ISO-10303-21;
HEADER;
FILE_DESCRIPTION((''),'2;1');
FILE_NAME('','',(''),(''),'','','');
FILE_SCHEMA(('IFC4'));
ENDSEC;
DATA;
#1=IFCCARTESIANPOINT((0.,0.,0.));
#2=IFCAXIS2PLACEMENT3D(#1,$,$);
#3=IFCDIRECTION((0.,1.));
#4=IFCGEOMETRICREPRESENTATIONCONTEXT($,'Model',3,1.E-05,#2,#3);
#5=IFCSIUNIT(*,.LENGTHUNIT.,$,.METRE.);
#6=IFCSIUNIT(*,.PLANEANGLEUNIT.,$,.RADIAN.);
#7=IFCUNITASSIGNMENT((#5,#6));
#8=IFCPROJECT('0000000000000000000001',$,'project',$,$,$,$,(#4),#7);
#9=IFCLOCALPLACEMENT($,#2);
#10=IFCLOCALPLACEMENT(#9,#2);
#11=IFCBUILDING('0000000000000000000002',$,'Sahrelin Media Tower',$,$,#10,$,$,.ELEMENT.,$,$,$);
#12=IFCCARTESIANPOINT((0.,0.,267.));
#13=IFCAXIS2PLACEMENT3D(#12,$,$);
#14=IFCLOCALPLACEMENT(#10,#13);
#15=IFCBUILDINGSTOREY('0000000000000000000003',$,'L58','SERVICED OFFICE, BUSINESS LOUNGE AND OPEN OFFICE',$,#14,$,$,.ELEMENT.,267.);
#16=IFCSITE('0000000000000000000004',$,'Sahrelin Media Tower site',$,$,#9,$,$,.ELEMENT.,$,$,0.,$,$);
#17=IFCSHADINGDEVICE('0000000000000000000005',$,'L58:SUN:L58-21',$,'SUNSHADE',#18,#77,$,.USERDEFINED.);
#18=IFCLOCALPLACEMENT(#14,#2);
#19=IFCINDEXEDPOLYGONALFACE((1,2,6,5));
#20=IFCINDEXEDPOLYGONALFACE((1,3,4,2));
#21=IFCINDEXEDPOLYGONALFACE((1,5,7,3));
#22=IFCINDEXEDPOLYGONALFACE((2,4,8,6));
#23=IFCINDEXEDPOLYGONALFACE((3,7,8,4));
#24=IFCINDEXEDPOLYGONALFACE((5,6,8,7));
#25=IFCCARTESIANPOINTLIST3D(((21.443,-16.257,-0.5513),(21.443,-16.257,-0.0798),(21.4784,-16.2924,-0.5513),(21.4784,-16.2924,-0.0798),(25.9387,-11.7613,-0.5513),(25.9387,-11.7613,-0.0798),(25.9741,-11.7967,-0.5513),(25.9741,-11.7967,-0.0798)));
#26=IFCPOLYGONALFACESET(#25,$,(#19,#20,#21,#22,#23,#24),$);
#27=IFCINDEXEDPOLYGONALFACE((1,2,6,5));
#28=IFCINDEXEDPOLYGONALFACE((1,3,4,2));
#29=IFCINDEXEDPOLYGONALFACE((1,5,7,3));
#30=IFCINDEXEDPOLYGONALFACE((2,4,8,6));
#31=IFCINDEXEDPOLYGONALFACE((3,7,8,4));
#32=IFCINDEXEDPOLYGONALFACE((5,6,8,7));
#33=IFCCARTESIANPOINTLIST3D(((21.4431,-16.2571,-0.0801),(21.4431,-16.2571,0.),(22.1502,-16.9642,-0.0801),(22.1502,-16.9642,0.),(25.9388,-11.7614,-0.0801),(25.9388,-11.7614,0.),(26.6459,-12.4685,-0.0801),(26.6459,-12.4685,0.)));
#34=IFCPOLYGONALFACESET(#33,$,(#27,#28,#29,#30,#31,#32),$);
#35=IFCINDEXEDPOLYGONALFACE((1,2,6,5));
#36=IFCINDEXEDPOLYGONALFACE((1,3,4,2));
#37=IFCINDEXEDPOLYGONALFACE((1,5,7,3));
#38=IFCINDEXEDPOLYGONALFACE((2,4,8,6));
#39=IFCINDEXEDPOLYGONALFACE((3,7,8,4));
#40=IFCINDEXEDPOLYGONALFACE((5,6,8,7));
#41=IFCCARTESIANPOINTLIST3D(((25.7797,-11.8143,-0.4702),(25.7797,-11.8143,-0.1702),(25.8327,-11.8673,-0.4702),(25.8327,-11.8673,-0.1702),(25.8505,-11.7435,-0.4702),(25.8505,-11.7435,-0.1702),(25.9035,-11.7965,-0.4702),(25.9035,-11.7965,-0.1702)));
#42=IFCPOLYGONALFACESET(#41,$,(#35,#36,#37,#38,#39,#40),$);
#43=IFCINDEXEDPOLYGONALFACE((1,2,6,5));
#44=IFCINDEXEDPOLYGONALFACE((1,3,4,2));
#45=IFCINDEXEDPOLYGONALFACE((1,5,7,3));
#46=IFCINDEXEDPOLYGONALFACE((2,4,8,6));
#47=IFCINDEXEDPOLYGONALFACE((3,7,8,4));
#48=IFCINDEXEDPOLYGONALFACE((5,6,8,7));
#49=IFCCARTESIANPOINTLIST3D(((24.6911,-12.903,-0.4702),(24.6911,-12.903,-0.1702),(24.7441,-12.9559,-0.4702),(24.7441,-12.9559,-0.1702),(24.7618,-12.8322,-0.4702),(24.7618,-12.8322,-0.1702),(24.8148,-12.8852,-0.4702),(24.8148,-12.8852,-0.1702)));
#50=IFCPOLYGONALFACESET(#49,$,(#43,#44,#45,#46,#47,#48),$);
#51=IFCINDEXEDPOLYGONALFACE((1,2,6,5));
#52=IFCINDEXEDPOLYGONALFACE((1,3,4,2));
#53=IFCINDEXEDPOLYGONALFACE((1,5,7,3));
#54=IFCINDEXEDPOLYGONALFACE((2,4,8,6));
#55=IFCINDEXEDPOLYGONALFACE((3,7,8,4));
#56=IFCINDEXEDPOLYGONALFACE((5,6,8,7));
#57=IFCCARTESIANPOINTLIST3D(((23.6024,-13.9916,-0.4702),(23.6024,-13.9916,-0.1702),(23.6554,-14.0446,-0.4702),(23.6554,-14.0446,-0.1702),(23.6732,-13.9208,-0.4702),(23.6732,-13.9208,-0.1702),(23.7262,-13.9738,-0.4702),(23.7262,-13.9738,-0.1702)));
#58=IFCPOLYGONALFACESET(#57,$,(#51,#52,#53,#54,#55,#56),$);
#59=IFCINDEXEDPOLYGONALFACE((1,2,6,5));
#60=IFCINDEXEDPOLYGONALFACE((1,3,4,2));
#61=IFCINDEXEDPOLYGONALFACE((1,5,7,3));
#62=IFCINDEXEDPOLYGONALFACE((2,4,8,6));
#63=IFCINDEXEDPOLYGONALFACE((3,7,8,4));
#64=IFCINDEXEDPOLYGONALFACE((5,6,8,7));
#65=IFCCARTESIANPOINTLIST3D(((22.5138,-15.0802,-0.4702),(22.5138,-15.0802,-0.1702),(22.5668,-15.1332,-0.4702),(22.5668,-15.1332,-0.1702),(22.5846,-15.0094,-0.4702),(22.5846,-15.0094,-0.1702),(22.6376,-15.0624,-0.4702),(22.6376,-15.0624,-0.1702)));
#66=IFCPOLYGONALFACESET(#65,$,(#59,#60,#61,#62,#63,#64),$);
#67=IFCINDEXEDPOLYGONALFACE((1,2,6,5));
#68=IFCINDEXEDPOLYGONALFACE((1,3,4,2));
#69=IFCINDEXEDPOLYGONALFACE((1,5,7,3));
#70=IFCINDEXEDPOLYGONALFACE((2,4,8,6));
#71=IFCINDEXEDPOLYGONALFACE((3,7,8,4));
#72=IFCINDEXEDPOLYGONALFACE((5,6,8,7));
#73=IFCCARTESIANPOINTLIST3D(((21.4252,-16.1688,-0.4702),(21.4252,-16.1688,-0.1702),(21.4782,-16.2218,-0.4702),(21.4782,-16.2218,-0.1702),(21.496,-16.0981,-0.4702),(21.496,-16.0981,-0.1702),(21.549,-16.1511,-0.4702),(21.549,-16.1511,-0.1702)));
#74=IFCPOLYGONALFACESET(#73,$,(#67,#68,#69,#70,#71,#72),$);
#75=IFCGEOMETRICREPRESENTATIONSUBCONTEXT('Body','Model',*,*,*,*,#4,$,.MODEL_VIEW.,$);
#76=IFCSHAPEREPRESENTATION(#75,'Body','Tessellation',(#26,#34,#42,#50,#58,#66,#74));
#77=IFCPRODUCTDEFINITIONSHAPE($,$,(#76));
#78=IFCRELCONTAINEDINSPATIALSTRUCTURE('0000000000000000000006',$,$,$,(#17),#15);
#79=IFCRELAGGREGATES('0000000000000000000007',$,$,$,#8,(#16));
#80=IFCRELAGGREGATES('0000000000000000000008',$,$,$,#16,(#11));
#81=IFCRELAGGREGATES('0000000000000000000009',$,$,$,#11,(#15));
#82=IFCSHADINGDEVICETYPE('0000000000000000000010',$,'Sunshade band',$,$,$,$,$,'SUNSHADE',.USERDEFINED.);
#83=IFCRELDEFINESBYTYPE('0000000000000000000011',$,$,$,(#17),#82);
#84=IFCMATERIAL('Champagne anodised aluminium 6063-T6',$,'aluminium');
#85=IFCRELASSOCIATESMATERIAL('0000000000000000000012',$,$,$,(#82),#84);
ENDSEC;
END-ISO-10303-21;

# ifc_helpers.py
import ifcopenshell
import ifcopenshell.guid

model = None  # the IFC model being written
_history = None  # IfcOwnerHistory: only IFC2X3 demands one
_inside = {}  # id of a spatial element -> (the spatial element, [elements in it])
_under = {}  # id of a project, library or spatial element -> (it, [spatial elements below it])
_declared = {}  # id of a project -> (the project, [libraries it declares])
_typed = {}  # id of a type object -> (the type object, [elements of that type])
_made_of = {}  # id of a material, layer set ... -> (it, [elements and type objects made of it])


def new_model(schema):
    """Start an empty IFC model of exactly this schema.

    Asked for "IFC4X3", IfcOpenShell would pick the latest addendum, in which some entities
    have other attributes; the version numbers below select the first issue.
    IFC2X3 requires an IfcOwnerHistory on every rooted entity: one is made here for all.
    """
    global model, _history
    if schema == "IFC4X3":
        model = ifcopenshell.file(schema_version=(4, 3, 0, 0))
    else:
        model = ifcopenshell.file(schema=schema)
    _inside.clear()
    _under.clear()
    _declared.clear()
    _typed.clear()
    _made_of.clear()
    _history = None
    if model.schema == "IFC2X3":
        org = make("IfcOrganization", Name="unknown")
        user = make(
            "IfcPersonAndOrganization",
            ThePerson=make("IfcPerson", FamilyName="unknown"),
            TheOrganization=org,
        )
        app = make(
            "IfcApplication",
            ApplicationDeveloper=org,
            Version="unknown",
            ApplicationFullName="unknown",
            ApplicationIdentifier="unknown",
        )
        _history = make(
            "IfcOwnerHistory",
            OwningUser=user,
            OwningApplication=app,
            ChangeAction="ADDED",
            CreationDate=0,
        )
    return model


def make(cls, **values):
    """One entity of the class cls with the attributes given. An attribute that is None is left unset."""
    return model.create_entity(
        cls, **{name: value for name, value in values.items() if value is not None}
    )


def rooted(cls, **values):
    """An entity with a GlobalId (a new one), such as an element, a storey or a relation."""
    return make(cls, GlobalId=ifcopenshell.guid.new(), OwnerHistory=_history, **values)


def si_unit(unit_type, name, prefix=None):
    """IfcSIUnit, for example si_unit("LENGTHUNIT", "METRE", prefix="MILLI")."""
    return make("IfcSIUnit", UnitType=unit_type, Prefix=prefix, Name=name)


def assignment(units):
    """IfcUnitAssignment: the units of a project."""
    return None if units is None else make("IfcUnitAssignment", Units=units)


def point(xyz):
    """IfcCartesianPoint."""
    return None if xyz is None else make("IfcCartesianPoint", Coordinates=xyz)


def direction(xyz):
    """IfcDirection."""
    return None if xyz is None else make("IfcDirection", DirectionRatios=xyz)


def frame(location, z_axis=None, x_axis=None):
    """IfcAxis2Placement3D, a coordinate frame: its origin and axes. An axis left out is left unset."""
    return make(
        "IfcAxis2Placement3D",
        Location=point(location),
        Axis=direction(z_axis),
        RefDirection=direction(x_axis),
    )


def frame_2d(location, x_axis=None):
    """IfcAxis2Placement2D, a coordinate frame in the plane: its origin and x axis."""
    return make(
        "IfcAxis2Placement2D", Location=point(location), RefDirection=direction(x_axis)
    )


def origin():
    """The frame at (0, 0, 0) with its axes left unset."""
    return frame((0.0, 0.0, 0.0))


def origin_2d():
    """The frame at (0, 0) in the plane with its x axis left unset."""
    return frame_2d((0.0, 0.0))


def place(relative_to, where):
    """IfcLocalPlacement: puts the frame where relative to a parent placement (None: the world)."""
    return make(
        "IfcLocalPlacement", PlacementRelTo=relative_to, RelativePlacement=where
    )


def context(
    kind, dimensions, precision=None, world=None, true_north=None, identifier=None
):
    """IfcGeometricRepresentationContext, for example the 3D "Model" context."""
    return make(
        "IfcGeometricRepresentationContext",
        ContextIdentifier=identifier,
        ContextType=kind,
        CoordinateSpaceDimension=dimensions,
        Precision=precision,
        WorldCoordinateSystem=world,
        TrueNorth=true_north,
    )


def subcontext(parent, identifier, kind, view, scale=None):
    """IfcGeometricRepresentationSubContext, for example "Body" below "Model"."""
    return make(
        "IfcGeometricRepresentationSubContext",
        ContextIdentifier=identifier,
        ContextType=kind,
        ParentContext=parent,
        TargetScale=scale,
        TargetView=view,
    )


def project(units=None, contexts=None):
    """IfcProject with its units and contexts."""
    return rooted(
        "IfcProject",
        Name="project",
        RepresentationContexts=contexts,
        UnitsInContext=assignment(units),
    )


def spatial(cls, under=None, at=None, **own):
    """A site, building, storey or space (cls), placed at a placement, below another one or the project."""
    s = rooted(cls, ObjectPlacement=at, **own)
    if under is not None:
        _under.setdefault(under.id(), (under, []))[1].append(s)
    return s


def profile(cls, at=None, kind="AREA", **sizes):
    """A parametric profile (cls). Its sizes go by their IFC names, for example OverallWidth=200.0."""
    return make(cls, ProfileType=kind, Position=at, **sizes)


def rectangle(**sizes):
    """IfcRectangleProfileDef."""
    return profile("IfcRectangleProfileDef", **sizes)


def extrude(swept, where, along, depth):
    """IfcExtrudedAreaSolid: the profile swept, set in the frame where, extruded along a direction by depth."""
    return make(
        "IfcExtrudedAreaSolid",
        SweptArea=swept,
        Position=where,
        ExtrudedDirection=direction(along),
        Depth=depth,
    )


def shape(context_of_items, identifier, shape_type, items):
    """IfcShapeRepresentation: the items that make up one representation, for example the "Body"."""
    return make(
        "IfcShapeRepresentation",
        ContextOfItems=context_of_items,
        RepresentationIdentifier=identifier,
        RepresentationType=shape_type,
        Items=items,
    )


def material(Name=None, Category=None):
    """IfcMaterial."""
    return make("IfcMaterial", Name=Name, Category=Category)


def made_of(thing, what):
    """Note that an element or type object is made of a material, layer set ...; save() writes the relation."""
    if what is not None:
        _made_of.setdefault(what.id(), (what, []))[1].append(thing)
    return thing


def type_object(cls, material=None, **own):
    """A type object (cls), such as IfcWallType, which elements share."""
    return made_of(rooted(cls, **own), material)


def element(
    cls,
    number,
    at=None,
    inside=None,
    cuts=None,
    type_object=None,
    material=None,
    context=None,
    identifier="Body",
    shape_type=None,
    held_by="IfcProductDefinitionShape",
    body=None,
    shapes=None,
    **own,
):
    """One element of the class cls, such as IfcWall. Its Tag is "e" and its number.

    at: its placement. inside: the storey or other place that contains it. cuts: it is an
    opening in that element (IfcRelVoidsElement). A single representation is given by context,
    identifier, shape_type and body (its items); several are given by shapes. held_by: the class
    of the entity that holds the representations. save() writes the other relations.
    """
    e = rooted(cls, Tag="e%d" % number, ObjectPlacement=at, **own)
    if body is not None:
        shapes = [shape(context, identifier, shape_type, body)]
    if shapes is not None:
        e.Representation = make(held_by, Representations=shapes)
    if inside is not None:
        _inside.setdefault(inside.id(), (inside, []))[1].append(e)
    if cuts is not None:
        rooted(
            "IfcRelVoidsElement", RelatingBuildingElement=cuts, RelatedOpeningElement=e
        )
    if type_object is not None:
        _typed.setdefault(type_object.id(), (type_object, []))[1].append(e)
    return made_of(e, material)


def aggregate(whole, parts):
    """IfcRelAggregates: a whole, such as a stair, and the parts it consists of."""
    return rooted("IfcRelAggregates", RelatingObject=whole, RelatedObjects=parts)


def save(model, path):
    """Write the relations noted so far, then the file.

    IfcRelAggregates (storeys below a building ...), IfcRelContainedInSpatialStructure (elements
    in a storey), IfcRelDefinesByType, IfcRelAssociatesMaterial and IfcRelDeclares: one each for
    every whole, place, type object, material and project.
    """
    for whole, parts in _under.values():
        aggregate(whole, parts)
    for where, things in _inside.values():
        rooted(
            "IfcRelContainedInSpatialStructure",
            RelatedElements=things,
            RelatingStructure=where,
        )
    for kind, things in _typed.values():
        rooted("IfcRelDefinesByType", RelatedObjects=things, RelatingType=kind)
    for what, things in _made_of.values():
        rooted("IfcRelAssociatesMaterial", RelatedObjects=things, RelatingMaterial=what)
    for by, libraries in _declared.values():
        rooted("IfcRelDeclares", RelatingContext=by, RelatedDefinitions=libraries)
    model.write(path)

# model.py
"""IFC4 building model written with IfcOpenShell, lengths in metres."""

from ifc_helpers import new_model, si_unit, direction, frame, origin, origin_2d, place, context, subcontext, project, spatial, rectangle, extrude, material, type_object, element, save


model = new_model("IFC4")

# Units and contexts
model_context = context("Model", 3, precision=1e-05, world=origin(), true_north=direction((0.0, 1.0)))
body_context = subcontext(model_context, "Body", "Model", "MODEL_VIEW")
ifc_project = project(units=[si_unit("LENGTHUNIT", "METRE"), si_unit("PLANEANGLEUNIT", "RADIAN")], contexts=[model_context])

# Site, building, storey
site_placement = place(None, origin())
site = spatial("IfcSite", under=ifc_project, at=site_placement, Name="Sahrelin Media Tower site", CompositionType="ELEMENT", RefElevation=0.0)
building_placement = place(site_placement, origin())
building = spatial("IfcBuilding", under=site, at=building_placement, Name="Sahrelin Media Tower", CompositionType="ELEMENT")
storey_placement = place(building_placement, frame((0.0, 0.0, 267.0)))
storey = spatial("IfcBuildingStorey", under=building, at=storey_placement, Name="L58", Description="SERVICED OFFICE, BUSINESS LOUNGE AND OPEN OFFICE", CompositionType="ELEMENT", Elevation=267.0)

# Shared definitions
ifc_material_1 = material(Name="Champagne anodised aluminium 6063-T6", Category="aluminium")

# Shared definitions
placement = place(storey_placement, frame((23.6768, -13.9951, 0.0), z_axis=(0.0, 0.0, 1.0), x_axis=(-0.707107, -0.707107, 0.0)))

# Shading device
shading_device_type_1 = type_object("IfcShadingDeviceType", Name="Sunshade band", ElementType="SUNSHADE", PredefinedType="USERDEFINED", material=ifc_material_1)
element("IfcShadingDevice", 1, at=placement, inside=storey, type_object=shading_device_type_1, Name="L58:SUN:L58-21", ObjectType="SUNSHADE", PredefinedType="USERDEFINED", context=body_context, shape_type="SweptSolid", body=[
    extrude(rectangle(XDim=6.3579, YDim=0.05, at=origin_2d()), frame((0.0, 0.0449, -0.5513)), (0.0, 0.0, 1.0), 0.4714),
    extrude(rectangle(XDim=6.3579, YDim=1.0, at=origin_2d()), frame((0.0, 0.52, -0.0801)), (0.0, 0.0, 1.0), 0.0801),
    extrude(rectangle(XDim=0.1001, YDim=0.075, at=origin_2d()), frame((-3.0791, -0.0176, -0.4702)), (0.0, 0.0, 1.0), 0.3),
    extrude(rectangle(XDim=0.1001, YDim=0.075, at=origin_2d()), frame((-1.5396, -0.0176, -0.4702)), (0.0, 0.0, 1.0), 0.3),
    extrude(rectangle(XDim=0.1001, YDim=0.075, at=origin_2d()), frame((0.0, -0.0176, -0.4702)), (0.0, 0.0, 1.0), 0.3),
    extrude(rectangle(XDim=0.1001, YDim=0.075, at=origin_2d()), frame((1.5396, -0.0176, -0.4702)), (0.0, 0.0, 1.0), 0.3),
    extrude(rectangle(XDim=0.1001, YDim=0.075, at=origin_2d()), frame((3.0791, -0.0176, -0.4702)), (0.0, 0.0, 1.0), 0.3),
])

save(model, "model.ifc")
